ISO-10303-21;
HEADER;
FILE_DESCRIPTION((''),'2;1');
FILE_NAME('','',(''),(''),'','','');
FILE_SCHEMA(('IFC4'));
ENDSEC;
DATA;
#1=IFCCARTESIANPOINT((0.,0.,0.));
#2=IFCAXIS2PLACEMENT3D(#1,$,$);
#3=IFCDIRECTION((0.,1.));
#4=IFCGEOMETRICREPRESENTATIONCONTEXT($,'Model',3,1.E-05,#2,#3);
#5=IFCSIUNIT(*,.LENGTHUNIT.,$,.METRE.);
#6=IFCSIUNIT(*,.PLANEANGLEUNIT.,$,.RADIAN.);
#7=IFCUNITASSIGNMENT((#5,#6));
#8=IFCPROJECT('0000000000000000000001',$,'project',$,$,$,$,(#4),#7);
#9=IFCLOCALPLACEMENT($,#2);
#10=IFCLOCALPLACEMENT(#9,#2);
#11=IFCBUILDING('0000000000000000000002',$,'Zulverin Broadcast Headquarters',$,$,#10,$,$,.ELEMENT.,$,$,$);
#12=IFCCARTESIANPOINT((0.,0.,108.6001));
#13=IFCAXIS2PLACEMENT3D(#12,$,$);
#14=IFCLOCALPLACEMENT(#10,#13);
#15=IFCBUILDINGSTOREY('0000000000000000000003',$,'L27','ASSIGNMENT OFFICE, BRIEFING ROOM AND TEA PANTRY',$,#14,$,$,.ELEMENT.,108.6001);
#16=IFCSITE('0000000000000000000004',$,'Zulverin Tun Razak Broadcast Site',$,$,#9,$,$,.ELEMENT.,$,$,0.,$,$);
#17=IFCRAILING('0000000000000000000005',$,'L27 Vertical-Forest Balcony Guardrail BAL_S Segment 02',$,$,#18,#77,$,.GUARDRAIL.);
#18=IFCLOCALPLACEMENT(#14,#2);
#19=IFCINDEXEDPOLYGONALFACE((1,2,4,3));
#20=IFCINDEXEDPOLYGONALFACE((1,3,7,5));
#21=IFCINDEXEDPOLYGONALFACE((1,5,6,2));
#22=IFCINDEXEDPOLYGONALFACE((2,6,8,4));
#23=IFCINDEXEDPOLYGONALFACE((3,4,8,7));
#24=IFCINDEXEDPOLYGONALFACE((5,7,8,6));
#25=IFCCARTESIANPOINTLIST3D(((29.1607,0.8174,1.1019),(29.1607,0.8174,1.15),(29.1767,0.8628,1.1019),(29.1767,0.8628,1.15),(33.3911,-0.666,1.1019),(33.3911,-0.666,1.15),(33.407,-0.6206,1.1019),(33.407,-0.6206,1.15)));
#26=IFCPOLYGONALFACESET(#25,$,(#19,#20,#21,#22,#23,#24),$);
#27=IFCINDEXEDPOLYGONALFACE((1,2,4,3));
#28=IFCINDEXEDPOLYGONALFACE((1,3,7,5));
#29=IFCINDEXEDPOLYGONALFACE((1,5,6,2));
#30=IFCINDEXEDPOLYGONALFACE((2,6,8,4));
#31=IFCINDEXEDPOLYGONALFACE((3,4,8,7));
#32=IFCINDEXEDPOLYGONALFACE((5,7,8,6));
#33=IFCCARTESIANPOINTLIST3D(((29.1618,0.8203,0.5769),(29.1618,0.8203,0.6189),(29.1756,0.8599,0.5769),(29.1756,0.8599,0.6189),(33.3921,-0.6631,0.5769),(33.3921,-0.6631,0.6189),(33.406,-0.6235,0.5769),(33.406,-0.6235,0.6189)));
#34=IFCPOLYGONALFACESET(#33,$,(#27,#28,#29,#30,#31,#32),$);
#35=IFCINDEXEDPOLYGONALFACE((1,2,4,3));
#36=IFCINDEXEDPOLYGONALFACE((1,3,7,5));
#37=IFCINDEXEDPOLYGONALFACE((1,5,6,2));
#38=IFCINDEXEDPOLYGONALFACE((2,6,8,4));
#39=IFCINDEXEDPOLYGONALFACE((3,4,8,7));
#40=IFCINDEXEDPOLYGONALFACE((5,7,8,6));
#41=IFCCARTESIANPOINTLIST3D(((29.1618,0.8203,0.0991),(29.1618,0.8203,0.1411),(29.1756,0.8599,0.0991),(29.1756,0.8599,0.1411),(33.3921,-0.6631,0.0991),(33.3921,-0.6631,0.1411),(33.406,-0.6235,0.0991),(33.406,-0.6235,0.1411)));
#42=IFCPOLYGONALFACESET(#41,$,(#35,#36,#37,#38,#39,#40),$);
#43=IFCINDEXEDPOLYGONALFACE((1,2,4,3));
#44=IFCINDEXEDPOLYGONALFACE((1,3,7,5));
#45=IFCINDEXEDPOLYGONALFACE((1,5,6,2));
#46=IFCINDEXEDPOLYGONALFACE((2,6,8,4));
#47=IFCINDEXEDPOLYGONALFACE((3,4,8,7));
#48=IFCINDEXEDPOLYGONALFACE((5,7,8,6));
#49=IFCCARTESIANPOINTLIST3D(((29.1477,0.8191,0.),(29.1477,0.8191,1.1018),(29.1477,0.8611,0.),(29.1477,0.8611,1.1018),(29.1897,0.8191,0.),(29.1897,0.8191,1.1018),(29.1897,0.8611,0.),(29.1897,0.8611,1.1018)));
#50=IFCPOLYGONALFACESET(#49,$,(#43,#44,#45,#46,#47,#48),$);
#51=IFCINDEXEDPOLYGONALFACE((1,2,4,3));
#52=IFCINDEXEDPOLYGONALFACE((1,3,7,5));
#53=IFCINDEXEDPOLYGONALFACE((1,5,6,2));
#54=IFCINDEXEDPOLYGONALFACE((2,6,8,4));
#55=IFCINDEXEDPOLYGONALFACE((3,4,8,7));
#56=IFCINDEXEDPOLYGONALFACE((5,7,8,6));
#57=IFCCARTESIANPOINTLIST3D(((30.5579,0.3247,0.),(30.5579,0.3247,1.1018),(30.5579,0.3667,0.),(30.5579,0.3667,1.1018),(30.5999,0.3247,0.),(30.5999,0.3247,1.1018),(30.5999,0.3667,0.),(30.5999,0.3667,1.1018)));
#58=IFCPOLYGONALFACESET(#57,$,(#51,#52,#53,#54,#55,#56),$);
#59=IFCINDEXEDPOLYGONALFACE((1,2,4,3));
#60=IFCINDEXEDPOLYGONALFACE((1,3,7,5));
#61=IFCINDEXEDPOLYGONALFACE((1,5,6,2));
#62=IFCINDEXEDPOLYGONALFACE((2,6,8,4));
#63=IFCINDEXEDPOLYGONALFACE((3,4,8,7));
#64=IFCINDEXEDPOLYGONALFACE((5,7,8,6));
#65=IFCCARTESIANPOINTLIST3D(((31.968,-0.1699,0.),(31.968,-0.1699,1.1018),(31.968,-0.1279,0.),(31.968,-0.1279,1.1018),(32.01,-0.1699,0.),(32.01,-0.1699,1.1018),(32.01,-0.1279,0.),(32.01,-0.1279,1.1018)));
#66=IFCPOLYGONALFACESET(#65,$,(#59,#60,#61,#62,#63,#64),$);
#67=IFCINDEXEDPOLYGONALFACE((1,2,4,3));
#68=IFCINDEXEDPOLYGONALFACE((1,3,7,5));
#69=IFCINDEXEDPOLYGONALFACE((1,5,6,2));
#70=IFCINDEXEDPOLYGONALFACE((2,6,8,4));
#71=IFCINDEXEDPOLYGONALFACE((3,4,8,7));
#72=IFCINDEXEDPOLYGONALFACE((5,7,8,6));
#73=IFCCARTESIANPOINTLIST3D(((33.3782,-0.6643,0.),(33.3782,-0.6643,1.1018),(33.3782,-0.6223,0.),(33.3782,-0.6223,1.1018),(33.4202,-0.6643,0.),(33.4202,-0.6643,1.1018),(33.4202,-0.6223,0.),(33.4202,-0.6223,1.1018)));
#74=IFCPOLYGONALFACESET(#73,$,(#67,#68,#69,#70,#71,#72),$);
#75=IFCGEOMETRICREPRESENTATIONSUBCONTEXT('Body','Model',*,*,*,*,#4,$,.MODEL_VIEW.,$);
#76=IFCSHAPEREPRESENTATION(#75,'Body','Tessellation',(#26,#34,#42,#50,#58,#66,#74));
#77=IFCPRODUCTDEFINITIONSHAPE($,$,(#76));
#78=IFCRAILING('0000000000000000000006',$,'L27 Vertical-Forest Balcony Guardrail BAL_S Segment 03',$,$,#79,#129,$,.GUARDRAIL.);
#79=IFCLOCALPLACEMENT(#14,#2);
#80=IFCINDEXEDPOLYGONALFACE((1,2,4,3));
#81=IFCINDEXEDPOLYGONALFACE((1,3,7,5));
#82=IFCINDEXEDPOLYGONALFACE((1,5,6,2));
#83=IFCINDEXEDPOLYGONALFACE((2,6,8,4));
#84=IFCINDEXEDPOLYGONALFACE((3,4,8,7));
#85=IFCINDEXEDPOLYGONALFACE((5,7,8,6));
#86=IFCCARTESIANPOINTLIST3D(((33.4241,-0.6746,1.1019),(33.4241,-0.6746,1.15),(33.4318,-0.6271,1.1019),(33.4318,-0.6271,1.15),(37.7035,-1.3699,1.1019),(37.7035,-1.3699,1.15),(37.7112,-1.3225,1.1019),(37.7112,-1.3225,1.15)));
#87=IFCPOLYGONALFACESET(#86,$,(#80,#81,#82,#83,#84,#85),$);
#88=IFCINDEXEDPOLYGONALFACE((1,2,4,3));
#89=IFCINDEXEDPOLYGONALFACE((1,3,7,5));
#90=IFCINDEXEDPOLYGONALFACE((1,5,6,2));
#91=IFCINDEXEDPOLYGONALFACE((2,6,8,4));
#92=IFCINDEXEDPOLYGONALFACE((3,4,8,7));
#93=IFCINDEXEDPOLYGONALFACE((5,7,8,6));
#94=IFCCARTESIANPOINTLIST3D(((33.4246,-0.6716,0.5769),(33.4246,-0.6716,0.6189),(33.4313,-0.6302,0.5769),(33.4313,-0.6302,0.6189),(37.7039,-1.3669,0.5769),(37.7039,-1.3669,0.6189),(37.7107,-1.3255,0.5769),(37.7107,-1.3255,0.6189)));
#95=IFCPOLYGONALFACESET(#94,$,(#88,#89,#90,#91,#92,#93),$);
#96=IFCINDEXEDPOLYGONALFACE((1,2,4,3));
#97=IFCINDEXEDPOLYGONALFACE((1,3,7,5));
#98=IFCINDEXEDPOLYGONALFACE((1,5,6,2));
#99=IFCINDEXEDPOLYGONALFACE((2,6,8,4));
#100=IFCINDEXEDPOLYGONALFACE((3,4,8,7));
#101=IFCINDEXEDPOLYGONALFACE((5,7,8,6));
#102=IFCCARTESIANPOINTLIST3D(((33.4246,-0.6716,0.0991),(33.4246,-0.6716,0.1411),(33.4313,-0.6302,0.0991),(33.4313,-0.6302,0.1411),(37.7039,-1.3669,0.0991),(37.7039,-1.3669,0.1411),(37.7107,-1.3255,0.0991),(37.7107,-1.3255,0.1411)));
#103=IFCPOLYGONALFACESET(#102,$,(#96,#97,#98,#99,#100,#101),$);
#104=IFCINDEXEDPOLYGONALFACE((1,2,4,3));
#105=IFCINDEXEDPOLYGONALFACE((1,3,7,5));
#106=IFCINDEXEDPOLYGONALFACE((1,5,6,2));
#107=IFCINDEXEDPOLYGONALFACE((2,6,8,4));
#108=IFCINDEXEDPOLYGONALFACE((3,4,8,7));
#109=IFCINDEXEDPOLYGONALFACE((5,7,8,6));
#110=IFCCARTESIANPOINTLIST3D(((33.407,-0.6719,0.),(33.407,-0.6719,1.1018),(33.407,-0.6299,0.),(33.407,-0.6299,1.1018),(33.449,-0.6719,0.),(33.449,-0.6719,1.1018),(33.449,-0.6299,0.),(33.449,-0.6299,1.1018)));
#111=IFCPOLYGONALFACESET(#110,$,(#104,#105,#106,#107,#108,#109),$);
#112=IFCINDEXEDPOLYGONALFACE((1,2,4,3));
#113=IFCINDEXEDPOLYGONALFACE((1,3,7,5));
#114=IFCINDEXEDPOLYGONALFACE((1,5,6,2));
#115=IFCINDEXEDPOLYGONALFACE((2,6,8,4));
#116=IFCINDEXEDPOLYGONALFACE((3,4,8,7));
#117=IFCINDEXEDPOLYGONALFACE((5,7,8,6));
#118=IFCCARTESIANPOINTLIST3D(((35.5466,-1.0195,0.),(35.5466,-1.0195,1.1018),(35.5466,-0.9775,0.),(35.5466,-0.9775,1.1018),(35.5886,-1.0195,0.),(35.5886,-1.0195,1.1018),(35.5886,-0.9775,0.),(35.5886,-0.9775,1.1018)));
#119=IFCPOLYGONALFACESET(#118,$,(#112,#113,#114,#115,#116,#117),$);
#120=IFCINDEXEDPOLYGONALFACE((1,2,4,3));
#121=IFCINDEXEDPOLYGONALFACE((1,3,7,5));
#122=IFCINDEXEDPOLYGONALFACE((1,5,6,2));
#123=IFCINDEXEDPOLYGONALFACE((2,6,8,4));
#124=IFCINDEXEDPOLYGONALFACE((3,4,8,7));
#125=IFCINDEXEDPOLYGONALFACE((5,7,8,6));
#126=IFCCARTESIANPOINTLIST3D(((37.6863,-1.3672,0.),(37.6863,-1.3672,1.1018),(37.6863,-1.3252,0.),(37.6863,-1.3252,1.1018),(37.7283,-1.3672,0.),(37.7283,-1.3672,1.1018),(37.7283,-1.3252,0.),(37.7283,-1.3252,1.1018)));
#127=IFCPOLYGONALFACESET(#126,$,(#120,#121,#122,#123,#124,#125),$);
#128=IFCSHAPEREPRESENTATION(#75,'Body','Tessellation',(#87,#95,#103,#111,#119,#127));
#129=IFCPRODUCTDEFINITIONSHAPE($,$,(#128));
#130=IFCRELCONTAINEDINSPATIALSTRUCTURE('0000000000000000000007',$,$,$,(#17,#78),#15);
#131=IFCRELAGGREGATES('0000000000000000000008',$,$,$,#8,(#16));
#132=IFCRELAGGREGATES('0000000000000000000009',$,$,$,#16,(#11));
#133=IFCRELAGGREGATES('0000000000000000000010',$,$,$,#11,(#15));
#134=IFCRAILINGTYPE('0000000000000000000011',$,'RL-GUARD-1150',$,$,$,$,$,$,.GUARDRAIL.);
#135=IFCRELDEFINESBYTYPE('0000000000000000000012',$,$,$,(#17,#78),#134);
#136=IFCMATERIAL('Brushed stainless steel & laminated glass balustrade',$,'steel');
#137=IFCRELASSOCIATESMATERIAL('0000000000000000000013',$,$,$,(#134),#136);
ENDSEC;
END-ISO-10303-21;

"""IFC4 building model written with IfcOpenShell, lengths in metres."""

from ifc_helpers import new_model, si_unit, direction, frame, origin, origin_2d, place, context, subcontext, project, spatial, rectangle, extrude, material, type_object, element, save


model = new_model("IFC4")

# Units and contexts
model_context = context("Model", 3, precision=1e-05, world=origin(), true_north=direction((0.0, 1.0)))
body_context = subcontext(model_context, "Body", "Model", "MODEL_VIEW")
ifc_project = project(units=[si_unit("LENGTHUNIT", "METRE"), si_unit("PLANEANGLEUNIT", "RADIAN")], contexts=[model_context])

# Site, building, storey
site_placement = place(None, origin())
site = spatial("IfcSite", under=ifc_project, at=site_placement, Name="Zulverin Tun Razak Broadcast Site", CompositionType="ELEMENT", RefElevation=0.0)
building_placement = place(site_placement, origin())
building = spatial("IfcBuilding", under=site, at=building_placement, Name="Zulverin Broadcast Headquarters", CompositionType="ELEMENT")
storey_placement = place(building_placement, frame((0.0, 0.0, 108.6001)))
storey = spatial("IfcBuildingStorey", under=building, at=storey_placement, Name="L27", Description="ASSIGNMENT OFFICE, BRIEFING ROOM AND TEA PANTRY", CompositionType="ELEMENT", Elevation=108.6001)

# Railings
ifc_material_1 = material(Name="Brushed stainless steel & laminated glass balustrade", Category="steel")
railing_type = type_object("IfcRailingType", Name="RL-GUARD-1150", PredefinedType="GUARDRAIL", material=ifc_material_1)
railing_1_placement = place(storey_placement, frame((29.1687, 0.8401, 0.0)))
element("IfcRailing", 1, at=railing_1_placement, inside=storey, type_object=railing_type, Name="L27 Vertical-Forest Balcony Guardrail BAL_S Segment 02", PredefinedType="GUARDRAIL", context=body_context, shape_type="SweptSolid", body=[
    extrude(rectangle(XDim=0.0481, YDim=0.0481, at=origin_2d()), frame((0.0, 0.0, 1.126), z_axis=(0.943668, -0.330894, 0.0), x_axis=(0.330894, 0.943668, 0.0)), (0.0, 0.0, 1.0), 4.4829),
    extrude(rectangle(XDim=0.042, YDim=0.042, at=origin_2d()), frame((0.0, 0.0, 0.5979), z_axis=(0.943668, -0.330894, 0.0), x_axis=(0.330894, 0.943668, 0.0)), (0.0, 0.0, 1.0), 4.4829),
    extrude(rectangle(XDim=0.042, YDim=0.042, at=origin_2d()), frame((0.0, 0.0, 0.1201), z_axis=(0.943668, -0.330894, 0.0), x_axis=(0.330894, 0.943668, 0.0)), (0.0, 0.0, 1.0), 4.4829),
    extrude(rectangle(XDim=0.042, YDim=0.042, at=origin_2d()), origin(), (0.0, 0.0, 1.0), 1.1018),
    extrude(rectangle(XDim=0.042, YDim=0.042, at=origin_2d()), frame((1.4102, -0.4944, 0.0)), (0.0, 0.0, 1.0), 1.1018),
    extrude(rectangle(XDim=0.042, YDim=0.042, at=origin_2d()), frame((2.8203, -0.989, 0.0)), (0.0, 0.0, 1.0), 1.1018),
    extrude(rectangle(XDim=0.042, YDim=0.042, at=origin_2d()), frame((4.2305, -1.4834, 0.0)), (0.0, 0.0, 1.0), 1.1018),
])
railing_2_placement = place(storey_placement, frame((33.428, -0.6509, 0.0)))
element("IfcRailing", 2, at=railing_2_placement, inside=storey, type_object=railing_type, Name="L27 Vertical-Forest Balcony Guardrail BAL_S Segment 03", PredefinedType="GUARDRAIL", context=body_context, shape_type="SweptSolid", body=[
    extrude(rectangle(XDim=0.0481, YDim=0.0481, at=origin_2d()), frame((0.0, 0.0, 1.126), z_axis=(0.987055, -0.16038, 0.0), x_axis=(0.16038, 0.987055, 0.0)), (0.0, 0.0, 1.0), 4.3354),
    extrude(rectangle(XDim=0.042, YDim=0.042, at=origin_2d()), frame((0.0, 0.0, 0.5979), z_axis=(0.987055, -0.16038, 0.0), x_axis=(0.16038, 0.987055, 0.0)), (0.0, 0.0, 1.0), 4.3354),
    extrude(rectangle(XDim=0.042, YDim=0.042, at=origin_2d()), frame((0.0, 0.0, 0.1201), z_axis=(0.987055, -0.16038, 0.0), x_axis=(0.16038, 0.987055, 0.0)), (0.0, 0.0, 1.0), 4.3354),
    extrude(rectangle(XDim=0.042, YDim=0.042, at=origin_2d()), origin(), (0.0, 0.0, 1.0), 1.1018),
    extrude(rectangle(XDim=0.042, YDim=0.042, at=origin_2d()), frame((2.1396, -0.3477, 0.0)), (0.0, 0.0, 1.0), 1.1018),
    extrude(rectangle(XDim=0.042, YDim=0.042, at=origin_2d()), frame((4.2793, -0.6953, 0.0)), (0.0, 0.0, 1.0), 1.1018),
])

save(model, "model.ifc")
